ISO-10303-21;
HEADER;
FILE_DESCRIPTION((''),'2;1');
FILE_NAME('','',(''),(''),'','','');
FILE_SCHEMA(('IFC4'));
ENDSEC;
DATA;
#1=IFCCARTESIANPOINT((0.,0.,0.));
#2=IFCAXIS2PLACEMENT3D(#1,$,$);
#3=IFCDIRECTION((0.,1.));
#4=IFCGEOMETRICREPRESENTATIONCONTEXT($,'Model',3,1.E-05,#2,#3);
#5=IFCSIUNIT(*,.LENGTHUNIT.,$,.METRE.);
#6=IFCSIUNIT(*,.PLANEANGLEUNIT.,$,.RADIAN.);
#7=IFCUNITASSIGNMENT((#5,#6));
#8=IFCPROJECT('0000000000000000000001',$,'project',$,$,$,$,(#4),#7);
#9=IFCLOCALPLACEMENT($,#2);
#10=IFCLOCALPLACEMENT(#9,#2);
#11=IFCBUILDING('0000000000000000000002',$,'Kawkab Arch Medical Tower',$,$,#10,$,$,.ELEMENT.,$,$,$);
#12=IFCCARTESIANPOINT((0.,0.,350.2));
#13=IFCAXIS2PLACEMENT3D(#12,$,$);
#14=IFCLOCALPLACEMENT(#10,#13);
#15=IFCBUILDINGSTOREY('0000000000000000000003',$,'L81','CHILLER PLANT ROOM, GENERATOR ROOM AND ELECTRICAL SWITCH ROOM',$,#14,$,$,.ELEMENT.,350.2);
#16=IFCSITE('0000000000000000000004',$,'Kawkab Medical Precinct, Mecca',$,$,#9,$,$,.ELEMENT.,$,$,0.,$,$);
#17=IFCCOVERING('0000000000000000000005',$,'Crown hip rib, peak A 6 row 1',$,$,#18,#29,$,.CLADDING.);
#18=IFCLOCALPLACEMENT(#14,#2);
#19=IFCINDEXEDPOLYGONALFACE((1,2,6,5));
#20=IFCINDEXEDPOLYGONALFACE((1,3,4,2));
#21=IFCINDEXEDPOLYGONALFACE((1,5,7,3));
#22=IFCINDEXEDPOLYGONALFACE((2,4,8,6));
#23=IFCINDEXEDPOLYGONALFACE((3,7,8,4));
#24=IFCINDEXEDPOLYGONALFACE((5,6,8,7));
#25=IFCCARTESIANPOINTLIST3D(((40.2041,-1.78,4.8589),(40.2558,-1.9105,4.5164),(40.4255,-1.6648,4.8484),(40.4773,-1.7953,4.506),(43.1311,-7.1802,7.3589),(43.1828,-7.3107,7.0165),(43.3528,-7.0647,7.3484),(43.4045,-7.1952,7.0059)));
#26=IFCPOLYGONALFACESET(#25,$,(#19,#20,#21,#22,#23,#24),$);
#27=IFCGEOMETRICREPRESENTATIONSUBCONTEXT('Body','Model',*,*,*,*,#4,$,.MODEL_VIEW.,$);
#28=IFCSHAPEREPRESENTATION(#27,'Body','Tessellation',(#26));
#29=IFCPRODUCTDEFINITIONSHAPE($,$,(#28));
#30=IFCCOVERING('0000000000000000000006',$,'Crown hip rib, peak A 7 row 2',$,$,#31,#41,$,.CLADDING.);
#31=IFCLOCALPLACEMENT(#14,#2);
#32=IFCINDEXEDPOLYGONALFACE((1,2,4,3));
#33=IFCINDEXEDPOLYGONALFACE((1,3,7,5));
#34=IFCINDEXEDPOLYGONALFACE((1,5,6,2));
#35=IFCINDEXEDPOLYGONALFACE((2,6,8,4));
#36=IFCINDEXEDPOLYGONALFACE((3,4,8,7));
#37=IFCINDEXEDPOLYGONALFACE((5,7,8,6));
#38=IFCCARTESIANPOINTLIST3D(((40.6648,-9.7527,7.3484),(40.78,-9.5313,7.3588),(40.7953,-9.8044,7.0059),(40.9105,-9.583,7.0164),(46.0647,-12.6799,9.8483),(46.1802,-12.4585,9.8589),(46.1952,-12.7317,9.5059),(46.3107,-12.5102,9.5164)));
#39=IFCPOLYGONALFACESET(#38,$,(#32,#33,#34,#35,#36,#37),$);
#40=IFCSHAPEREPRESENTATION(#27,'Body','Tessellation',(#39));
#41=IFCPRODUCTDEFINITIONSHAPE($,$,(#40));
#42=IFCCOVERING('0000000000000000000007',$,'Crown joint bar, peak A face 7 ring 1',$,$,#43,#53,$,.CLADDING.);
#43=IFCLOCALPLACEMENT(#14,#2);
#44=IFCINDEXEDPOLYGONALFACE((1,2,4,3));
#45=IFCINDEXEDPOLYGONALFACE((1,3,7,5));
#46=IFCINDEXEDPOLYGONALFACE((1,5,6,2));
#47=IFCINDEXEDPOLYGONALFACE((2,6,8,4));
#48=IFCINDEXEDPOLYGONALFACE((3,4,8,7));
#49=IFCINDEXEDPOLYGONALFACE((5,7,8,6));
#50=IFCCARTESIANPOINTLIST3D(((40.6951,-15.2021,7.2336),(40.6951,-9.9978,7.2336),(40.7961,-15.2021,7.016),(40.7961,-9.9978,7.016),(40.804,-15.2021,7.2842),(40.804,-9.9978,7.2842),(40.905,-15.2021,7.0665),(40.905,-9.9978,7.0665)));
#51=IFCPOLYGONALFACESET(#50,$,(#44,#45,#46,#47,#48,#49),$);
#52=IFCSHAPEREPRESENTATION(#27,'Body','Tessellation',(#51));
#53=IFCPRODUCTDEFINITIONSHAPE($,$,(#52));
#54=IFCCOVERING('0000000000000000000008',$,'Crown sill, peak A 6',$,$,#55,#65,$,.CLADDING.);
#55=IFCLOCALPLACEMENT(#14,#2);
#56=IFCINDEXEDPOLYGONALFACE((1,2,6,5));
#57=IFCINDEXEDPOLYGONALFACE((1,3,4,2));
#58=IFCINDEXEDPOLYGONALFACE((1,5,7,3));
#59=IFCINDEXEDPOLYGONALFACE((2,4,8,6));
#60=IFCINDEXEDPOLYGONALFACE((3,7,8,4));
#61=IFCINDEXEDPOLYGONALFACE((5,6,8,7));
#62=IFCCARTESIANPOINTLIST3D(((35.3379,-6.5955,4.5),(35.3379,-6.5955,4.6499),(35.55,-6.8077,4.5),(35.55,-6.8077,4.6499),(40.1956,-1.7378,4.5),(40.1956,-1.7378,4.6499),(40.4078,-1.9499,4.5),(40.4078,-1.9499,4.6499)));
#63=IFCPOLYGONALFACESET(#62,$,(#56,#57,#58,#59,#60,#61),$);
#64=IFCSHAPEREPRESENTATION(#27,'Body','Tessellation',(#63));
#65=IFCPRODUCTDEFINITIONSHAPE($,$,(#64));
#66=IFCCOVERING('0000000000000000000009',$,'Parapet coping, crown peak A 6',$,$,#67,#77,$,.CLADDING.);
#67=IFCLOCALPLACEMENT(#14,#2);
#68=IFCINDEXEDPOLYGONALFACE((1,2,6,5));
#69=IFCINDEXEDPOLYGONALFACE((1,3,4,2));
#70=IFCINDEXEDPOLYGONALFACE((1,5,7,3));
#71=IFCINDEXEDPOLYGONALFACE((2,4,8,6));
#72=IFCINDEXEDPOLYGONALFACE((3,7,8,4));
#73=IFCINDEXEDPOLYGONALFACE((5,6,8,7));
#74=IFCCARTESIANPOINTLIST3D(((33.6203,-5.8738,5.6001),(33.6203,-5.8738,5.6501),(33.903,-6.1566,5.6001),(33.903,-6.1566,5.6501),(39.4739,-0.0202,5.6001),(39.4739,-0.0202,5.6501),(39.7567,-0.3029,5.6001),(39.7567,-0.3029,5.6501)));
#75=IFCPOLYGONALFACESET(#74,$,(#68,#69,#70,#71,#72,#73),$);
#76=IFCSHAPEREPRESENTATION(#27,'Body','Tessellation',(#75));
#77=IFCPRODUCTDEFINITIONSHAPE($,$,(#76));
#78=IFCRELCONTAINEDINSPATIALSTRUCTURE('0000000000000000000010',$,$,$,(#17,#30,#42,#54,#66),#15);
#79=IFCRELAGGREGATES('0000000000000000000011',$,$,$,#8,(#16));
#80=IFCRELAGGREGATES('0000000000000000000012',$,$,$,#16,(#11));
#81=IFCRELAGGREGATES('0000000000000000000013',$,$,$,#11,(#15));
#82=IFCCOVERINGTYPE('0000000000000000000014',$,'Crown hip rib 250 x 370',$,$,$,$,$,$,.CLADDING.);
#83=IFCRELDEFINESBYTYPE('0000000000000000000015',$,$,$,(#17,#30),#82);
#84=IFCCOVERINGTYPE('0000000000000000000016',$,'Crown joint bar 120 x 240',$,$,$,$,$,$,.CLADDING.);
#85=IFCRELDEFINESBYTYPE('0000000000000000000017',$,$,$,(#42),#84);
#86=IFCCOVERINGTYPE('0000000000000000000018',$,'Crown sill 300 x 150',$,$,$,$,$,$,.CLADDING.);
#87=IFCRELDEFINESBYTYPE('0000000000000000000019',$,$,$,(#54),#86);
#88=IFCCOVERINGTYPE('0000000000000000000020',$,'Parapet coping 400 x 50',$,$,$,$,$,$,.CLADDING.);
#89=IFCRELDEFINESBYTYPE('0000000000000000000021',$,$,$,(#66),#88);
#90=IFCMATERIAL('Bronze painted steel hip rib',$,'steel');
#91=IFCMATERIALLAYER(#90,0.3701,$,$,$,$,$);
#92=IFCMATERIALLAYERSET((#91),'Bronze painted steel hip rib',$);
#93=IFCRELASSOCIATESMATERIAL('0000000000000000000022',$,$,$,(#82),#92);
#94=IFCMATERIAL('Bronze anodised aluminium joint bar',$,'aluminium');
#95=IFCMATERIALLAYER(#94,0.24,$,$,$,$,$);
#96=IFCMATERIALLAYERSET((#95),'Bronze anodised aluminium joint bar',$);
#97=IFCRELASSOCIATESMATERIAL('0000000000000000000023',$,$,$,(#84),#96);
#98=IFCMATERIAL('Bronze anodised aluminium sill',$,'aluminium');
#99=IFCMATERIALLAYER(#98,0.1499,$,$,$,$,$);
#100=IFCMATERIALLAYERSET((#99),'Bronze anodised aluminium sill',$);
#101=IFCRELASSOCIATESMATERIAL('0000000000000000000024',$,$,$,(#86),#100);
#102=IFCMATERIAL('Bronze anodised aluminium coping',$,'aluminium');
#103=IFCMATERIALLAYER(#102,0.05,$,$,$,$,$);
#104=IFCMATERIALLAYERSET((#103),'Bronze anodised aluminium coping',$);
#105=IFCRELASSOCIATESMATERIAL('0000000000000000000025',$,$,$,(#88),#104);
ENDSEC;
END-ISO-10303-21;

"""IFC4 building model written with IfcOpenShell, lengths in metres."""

from ifc_helpers import new_model, si_unit, direction, frame, origin, origin_2d, place, context, subcontext, project, spatial, polyline, rectangle, outline, extrude, material, layer, layer_set, type_object, element, save


model = new_model("IFC4")

# Units and contexts
model_context = context("Model", 3, precision=1e-05, world=origin(), true_north=direction((0.0, 1.0)))
body_context = subcontext(model_context, "Body", "Model", "MODEL_VIEW")
ifc_project = project(units=[si_unit("LENGTHUNIT", "METRE"), si_unit("PLANEANGLEUNIT", "RADIAN")], contexts=[model_context])

# Site, building, storey
site_placement = place(None, origin())
site = spatial("IfcSite", under=ifc_project, at=site_placement, Name="Kawkab Medical Precinct, Mecca", CompositionType="ELEMENT", RefElevation=0.0)
building_placement = place(site_placement, origin())
building = spatial("IfcBuilding", under=site, at=building_placement, Name="Kawkab Arch Medical Tower", CompositionType="ELEMENT")
storey_placement = place(building_placement, frame((0.0, 0.0, 350.2)))
storey = spatial("IfcBuildingStorey", under=building, at=storey_placement, Name="L81", Description="CHILLER PLANT ROOM, GENERATOR ROOM AND ELECTRICAL SWITCH ROOM", CompositionType="ELEMENT", Elevation=350.2)

# Coverings
ifc_material_1 = material(Name="Bronze painted steel hip rib", Category="steel")
ifc_layer_1 = layer(ifc_material_1, 0.3701)
ifc_layer_set_1 = layer_set([ifc_layer_1], Name="Bronze painted steel hip rib")
covering_type_1 = type_object("IfcCoveringType", Name="Crown hip rib 250 x 370", PredefinedType="CLADDING", material=ifc_layer_set_1)
covering_1_placement = place(storey_placement, frame((40.2041, -1.78, 4.8589), z_axis=(-0.13975, 0.352614, 0.925275), x_axis=(0.441367, -0.814296, 0.376983)))
element("IfcCovering", 1, at=covering_1_placement, inside=storey, type_object=covering_type_1, Name="Crown hip rib, peak A 6 row 1", PredefinedType="CLADDING", context=body_context, shape_type="SweptSolid", body=[
    extrude(outline(polyline([(0.0, 0.0), (6.6317, 0.0), (6.6315, 0.2502), (-0.0001, 0.2498), (0.0, 0.0)])), origin(), (0.0, 0.0, -1.0), 0.3701),
])
covering_2_placement = place(storey_placement, frame((40.6648, -9.7527, 7.3484), z_axis=(-0.35258, 0.139809, 0.925279), x_axis=(0.814274, -0.441412, 0.376979)))
element("IfcCovering", 2, at=covering_2_placement, inside=storey, type_object=covering_type_1, Name="Crown hip rib, peak A 7 row 2", PredefinedType="CLADDING", context=body_context, shape_type="SweptSolid", body=[
    extrude(outline(polyline([(0.0, 0.0), (6.6316, 0.0), (6.6318, 0.25), (0.0, 0.2498), (0.0, 0.0)])), origin(), (0.0, 0.0, -1.0), 0.3701),
])
ifc_material_2 = material(Name="Bronze anodised aluminium joint bar", Category="aluminium")
ifc_layer_2 = layer(ifc_material_2, 0.24)
ifc_layer_set_2 = layer_set([ifc_layer_2], Name="Bronze anodised aluminium joint bar")
covering_type_2 = type_object("IfcCoveringType", Name="Crown joint bar 120 x 240", PredefinedType="CLADDING", material=ifc_layer_set_2)
covering_3_placement = place(storey_placement, frame((40.6951, -9.9978, 7.2336), z_axis=(-0.420992, 0.0, 0.907064), x_axis=(0.0, -1.0, 0.0)))
element("IfcCovering", 3, at=covering_3_placement, inside=storey, type_object=covering_type_2, Name="Crown joint bar, peak A face 7 ring 1", PredefinedType="CLADDING", context=body_context, shape_type="SweptSolid", body=[
    extrude(outline(polyline([(0.0, 0.0), (5.2043, 0.0), (5.2043, 0.12), (0.0, 0.12), (0.0, 0.0)])), origin(), (0.0, 0.0, -1.0), 0.24),
])
ifc_material_3 = material(Name="Bronze anodised aluminium sill", Category="aluminium")
ifc_layer_3 = layer(ifc_material_3, 0.1499)
ifc_layer_set_3 = layer_set([ifc_layer_3], Name="Bronze anodised aluminium sill")
covering_type_3 = type_object("IfcCoveringType", Name="Crown sill 300 x 150", PredefinedType="CLADDING", material=ifc_layer_set_3)
covering_4_placement = place(storey_placement, frame((37.8728, -4.2727, 4.5), z_axis=(0.0, 0.0, 1.0), x_axis=(-0.707107, -0.707107, 0.0)))
element("IfcCovering", 4, at=covering_4_placement, inside=storey, type_object=covering_type_3, Name="Crown sill, peak A 6", PredefinedType="CLADDING", context=body_context, shape_type="SweptSolid", body=[
    extrude(rectangle(XDim=6.8699, YDim=0.3, at=origin_2d()), origin(), (0.0, 0.0, 1.0), 0.1499),
])
ifc_material_4 = material(Name="Bronze anodised aluminium coping", Category="aluminium")
ifc_layer_4 = layer(ifc_material_4, 0.05)
ifc_layer_set_4 = layer_set([ifc_layer_4], Name="Bronze anodised aluminium coping")
covering_type_4 = type_object("IfcCoveringType", Name="Parapet coping 400 x 50", PredefinedType="CLADDING", material=ifc_layer_set_4)
covering_5_placement = place(storey_placement, frame((36.6885, -3.0884, 5.6001), z_axis=(0.0, 0.0, 1.0), x_axis=(-0.707107, -0.707107, 0.0)))
element("IfcCovering", 5, at=covering_5_placement, inside=storey, type_object=covering_type_4, Name="Parapet coping, crown peak A 6", PredefinedType="CLADDING", context=body_context, shape_type="SweptSolid", body=[
    extrude(rectangle(XDim=8.2783, YDim=0.3999, at=origin_2d()), origin(), (0.0, 0.0, 1.0), 0.05),
])

save(model, "model.ifc")
